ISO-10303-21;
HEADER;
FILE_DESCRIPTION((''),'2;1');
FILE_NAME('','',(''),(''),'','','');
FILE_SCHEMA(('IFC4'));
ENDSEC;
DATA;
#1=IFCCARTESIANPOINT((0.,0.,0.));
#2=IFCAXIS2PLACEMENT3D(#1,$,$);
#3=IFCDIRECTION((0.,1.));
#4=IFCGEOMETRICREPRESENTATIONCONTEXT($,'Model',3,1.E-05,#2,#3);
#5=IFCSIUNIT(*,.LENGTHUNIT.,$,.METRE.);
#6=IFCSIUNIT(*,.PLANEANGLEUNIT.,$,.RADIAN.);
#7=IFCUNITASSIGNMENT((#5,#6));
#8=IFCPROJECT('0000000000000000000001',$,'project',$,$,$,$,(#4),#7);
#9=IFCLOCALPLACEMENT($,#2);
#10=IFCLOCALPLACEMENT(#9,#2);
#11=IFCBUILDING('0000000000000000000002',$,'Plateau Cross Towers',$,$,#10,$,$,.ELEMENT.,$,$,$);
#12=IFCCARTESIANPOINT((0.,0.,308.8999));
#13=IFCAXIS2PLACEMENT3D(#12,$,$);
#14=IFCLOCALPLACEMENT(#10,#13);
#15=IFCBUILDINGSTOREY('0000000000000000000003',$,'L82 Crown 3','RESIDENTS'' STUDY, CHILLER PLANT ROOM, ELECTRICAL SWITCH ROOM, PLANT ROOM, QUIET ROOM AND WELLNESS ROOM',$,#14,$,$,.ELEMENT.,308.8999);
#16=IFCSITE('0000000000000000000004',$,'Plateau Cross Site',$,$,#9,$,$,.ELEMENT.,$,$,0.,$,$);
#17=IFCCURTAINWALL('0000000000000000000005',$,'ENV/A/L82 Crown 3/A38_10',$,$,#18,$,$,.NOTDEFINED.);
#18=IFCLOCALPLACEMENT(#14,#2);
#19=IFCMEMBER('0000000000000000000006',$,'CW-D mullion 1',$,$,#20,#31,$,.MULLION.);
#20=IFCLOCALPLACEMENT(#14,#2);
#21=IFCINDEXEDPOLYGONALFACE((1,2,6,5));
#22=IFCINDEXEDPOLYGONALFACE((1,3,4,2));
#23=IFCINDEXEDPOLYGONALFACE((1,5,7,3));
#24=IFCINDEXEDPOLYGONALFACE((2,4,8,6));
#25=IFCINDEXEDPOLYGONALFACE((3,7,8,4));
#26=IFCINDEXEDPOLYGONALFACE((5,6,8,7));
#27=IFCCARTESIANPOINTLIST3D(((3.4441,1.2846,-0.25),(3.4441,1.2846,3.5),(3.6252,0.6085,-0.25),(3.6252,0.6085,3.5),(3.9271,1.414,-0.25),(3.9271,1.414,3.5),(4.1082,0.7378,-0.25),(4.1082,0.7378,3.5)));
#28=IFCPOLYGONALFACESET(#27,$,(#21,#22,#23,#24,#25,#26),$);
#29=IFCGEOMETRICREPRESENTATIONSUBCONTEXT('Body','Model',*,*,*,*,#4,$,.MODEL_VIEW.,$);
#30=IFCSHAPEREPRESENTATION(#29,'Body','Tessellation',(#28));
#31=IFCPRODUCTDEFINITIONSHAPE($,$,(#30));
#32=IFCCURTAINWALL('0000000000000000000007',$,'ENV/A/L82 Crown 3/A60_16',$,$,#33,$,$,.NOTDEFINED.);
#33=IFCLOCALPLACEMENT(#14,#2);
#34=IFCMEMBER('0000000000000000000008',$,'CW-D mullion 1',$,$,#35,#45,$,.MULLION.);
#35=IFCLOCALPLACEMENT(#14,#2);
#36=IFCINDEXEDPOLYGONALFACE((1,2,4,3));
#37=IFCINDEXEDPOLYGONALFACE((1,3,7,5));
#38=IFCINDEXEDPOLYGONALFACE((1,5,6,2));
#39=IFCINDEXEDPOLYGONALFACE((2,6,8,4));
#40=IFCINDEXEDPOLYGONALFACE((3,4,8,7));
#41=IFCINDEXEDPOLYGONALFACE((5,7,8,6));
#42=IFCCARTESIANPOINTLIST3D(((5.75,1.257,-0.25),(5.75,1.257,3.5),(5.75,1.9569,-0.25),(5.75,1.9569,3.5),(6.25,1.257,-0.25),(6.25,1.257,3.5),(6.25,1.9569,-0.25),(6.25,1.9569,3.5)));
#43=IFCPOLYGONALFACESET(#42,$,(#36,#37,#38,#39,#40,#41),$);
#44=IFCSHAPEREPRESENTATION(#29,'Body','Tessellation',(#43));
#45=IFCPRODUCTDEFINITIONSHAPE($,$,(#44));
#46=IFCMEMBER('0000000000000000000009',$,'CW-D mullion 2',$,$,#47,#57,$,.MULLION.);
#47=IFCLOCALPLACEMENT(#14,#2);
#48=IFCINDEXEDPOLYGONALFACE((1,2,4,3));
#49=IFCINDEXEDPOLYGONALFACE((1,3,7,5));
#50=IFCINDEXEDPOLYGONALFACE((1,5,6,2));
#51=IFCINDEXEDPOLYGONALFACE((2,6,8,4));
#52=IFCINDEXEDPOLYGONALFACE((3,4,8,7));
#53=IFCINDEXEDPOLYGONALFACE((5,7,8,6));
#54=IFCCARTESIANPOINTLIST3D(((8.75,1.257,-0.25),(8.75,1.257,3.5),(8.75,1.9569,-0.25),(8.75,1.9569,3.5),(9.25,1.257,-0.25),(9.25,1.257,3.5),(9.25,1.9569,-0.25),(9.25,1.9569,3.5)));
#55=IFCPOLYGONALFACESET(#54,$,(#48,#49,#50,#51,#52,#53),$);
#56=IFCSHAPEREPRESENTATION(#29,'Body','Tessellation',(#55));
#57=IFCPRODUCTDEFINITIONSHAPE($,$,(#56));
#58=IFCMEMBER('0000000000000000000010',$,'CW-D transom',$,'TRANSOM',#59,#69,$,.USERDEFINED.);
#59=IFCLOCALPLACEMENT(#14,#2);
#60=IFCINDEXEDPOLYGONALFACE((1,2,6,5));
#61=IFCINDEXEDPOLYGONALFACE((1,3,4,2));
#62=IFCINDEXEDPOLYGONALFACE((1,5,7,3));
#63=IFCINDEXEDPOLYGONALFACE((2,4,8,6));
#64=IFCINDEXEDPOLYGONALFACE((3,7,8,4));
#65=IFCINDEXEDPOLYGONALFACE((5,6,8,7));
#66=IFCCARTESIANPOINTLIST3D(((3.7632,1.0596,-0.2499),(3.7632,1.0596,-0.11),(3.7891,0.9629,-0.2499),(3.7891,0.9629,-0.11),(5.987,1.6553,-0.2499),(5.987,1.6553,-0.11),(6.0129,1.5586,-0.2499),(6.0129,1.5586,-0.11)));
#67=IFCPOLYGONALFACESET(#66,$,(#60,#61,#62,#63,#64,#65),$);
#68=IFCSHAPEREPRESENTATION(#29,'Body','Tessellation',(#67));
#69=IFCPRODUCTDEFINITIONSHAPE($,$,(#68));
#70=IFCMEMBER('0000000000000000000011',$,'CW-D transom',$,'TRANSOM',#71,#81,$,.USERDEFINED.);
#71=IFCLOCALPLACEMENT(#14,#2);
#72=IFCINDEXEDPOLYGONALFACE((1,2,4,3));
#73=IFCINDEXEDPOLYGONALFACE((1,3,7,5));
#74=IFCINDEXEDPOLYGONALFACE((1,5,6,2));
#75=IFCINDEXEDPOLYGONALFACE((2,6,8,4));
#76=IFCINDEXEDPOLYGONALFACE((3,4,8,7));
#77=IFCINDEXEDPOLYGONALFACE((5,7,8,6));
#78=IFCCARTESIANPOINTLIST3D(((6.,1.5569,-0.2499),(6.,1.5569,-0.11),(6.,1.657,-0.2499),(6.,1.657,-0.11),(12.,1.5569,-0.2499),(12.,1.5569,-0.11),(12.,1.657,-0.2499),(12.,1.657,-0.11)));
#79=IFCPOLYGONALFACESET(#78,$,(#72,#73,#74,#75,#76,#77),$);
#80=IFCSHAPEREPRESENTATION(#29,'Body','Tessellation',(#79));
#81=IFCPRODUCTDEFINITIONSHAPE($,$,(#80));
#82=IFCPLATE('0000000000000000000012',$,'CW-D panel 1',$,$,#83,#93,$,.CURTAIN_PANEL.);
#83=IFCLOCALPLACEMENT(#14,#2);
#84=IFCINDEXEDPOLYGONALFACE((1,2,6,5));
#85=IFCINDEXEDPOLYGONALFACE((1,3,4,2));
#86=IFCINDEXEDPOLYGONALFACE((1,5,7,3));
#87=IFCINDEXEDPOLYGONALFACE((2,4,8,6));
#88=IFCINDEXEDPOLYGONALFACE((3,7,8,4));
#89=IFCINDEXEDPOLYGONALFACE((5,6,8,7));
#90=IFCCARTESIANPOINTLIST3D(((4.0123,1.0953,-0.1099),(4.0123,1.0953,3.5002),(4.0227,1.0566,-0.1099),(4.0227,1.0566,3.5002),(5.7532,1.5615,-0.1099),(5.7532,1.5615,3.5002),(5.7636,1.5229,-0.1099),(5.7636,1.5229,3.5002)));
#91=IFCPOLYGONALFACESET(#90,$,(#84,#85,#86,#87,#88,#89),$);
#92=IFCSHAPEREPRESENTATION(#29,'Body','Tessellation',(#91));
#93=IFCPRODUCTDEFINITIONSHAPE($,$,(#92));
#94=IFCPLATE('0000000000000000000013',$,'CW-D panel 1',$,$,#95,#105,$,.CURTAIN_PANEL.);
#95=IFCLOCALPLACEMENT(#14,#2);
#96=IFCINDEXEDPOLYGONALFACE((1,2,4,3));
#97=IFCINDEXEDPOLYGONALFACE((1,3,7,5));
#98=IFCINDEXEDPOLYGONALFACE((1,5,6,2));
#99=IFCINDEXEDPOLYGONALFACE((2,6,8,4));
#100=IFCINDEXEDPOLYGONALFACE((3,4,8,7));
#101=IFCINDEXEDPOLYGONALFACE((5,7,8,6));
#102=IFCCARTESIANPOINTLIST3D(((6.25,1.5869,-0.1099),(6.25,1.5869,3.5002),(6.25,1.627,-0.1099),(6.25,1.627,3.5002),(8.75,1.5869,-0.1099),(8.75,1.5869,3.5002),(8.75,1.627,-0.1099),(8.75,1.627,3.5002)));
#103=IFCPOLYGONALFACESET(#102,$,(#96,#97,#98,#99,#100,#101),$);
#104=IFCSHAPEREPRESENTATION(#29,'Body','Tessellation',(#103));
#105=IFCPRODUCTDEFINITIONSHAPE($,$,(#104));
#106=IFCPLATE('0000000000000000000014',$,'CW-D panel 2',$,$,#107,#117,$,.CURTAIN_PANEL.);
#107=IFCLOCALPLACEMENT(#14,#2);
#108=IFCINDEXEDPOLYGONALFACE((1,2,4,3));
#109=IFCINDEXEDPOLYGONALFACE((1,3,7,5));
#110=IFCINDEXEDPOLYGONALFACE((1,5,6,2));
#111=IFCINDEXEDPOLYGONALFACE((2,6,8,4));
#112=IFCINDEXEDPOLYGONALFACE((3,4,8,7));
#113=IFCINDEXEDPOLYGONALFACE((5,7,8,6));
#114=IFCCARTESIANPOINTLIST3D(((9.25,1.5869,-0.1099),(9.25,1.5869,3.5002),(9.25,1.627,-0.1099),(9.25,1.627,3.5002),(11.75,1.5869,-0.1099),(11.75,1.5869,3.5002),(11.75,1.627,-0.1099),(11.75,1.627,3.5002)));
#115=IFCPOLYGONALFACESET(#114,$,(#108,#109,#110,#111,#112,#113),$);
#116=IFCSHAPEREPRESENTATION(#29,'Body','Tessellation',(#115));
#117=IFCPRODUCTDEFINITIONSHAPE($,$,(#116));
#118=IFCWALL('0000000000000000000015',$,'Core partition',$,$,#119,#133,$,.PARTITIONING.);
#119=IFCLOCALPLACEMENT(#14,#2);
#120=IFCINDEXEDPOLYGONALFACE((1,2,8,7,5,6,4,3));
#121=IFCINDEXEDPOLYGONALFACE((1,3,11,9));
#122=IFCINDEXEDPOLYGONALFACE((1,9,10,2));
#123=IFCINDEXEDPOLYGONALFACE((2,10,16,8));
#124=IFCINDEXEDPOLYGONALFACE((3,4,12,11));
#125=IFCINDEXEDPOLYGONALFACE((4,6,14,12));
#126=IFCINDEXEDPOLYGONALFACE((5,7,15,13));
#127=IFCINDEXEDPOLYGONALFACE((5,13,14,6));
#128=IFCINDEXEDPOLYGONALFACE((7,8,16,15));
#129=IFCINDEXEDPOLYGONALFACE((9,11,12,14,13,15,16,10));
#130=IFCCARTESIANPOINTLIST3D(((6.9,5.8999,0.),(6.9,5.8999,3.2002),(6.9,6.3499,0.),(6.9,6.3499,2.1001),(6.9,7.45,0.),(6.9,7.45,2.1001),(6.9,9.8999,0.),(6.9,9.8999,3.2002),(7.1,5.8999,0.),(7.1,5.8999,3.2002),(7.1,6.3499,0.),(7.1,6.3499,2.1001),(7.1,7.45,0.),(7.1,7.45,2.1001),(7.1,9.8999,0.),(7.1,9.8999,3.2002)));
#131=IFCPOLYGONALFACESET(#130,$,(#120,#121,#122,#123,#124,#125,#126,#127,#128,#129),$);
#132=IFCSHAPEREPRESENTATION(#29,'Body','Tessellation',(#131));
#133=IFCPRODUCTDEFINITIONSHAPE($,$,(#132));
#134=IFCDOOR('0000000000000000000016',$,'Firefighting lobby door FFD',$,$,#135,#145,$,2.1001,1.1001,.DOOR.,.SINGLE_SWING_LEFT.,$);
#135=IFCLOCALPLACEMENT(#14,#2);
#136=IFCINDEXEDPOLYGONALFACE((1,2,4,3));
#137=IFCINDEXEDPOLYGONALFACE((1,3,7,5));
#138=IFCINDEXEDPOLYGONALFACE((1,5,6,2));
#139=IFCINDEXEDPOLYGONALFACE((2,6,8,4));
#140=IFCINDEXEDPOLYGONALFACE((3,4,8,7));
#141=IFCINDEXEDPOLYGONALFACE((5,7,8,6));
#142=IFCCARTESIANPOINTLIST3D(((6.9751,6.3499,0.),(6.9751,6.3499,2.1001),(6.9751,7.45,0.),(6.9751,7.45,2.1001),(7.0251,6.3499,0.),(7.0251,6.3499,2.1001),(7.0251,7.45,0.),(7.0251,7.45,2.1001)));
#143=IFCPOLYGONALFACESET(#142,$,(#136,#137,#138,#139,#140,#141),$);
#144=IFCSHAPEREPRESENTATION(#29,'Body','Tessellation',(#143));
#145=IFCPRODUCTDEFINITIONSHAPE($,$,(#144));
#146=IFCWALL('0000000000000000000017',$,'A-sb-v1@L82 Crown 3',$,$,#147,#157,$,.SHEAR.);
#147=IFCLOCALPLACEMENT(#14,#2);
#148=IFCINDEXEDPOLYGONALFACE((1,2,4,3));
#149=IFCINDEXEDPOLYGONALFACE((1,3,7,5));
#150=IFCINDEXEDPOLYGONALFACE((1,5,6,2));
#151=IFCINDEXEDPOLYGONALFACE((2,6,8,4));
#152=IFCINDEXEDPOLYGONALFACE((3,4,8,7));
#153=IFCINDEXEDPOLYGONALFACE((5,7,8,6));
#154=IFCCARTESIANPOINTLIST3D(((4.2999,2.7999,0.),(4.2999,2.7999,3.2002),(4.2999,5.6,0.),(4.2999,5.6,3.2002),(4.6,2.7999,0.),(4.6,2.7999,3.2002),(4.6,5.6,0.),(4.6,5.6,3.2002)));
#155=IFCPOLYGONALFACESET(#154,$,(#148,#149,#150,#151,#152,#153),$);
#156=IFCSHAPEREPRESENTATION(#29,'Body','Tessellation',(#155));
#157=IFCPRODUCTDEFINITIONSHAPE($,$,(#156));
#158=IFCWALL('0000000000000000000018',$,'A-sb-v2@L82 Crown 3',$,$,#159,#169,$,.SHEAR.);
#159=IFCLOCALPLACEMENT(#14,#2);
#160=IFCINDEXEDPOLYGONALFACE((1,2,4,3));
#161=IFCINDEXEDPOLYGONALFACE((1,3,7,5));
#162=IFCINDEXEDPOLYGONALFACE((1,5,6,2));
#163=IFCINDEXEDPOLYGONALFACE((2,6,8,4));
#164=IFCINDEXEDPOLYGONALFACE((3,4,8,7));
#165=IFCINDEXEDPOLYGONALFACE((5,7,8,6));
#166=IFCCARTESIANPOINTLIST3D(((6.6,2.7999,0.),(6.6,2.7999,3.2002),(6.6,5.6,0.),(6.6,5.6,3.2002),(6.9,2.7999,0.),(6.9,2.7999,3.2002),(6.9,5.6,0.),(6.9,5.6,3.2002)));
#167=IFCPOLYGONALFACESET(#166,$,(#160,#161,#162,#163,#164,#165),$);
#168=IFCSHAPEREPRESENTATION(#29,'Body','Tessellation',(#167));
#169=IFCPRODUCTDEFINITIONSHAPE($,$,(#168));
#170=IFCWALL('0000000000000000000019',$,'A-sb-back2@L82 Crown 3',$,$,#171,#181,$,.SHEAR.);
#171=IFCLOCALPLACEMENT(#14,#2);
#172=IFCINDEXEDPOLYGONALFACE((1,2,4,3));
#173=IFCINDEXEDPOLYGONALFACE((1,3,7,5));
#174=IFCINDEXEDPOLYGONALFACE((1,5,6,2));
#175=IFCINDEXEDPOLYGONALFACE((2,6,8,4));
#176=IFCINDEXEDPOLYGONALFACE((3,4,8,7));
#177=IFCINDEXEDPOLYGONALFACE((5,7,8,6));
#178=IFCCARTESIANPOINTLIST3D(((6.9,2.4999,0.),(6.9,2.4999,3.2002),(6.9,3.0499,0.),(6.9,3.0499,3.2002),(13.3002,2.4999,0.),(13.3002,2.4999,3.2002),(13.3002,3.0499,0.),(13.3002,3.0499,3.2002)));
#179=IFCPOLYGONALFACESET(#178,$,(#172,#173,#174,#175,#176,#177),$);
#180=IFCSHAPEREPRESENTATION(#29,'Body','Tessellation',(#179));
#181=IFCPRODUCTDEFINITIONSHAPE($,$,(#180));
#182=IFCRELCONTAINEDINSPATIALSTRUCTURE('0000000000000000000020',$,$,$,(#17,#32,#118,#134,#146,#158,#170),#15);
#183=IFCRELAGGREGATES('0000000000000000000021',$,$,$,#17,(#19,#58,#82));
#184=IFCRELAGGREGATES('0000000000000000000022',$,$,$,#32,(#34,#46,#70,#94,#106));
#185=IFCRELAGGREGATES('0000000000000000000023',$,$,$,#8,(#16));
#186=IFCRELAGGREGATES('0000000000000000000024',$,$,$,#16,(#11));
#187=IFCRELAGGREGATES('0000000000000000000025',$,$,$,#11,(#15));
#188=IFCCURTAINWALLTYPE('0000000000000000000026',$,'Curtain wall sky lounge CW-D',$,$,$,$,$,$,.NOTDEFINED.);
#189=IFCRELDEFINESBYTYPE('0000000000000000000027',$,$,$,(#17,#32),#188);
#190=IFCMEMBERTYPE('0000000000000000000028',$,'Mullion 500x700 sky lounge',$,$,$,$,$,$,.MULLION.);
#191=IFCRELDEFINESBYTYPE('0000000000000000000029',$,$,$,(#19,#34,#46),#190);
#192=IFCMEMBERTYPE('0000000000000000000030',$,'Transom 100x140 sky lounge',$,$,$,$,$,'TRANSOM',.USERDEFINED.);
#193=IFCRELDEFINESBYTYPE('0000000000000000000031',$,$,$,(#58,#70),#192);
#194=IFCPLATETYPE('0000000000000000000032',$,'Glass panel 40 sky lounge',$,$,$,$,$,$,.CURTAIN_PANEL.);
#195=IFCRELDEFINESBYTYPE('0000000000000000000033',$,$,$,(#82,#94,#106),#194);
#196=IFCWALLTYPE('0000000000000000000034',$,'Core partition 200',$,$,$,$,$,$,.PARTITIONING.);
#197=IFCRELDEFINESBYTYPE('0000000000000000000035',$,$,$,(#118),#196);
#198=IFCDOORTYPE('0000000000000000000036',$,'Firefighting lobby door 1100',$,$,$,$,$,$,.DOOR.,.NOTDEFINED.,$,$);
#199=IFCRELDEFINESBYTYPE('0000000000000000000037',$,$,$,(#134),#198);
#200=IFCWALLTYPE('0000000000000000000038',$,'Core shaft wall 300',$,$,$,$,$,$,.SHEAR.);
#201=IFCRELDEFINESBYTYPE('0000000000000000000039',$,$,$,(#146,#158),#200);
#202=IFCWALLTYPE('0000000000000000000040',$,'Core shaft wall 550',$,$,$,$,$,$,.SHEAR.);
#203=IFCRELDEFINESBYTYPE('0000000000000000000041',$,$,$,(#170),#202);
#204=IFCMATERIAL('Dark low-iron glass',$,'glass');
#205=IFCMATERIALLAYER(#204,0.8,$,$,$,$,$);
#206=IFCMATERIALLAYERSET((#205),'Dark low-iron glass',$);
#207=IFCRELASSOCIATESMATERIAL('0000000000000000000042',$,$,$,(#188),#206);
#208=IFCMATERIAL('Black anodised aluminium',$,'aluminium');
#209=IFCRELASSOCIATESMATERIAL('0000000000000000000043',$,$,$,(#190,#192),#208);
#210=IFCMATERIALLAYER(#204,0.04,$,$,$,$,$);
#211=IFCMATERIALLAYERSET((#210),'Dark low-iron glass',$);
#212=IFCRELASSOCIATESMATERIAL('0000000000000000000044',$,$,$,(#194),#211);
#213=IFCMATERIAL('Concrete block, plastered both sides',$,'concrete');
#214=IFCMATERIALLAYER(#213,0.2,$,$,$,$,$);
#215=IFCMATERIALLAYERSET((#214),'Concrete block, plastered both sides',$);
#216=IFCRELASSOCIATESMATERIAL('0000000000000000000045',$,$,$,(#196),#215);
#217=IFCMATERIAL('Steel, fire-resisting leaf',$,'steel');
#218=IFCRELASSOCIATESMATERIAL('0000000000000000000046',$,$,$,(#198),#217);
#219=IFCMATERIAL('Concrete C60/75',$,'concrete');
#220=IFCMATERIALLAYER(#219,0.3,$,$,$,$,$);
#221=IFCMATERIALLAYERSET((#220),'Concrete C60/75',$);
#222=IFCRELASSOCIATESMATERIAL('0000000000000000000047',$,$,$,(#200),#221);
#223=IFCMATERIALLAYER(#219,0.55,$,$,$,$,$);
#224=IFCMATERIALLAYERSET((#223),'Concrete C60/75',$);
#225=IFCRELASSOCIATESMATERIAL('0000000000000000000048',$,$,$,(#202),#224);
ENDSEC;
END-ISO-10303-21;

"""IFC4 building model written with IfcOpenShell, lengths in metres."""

from ifc_helpers import new_model, si_unit, direction, frame, frame_2d, origin, origin_2d, place, context, subcontext, project, spatial, rectangle, extrude, material, layer, layer_set, material_profile, profile_set, type_object, element, fill, aggregate, save


model = new_model("IFC4")

# Units and contexts
model_context = context("Model", 3, precision=1e-05, world=origin(), true_north=direction((0.0, 1.0)))
body_context = subcontext(model_context, "Body", "Model", "MODEL_VIEW")
ifc_project = project(units=[si_unit("LENGTHUNIT", "METRE"), si_unit("PLANEANGLEUNIT", "RADIAN")], contexts=[model_context])

# Site, building, storey
site_placement = place(None, origin())
site = spatial("IfcSite", under=ifc_project, at=site_placement, Name="Plateau Cross Site", CompositionType="ELEMENT", RefElevation=0.0)
building_placement = place(site_placement, origin())
building = spatial("IfcBuilding", under=site, at=building_placement, Name="Plateau Cross Towers", CompositionType="ELEMENT")
storey_placement = place(building_placement, frame((0.0, 0.0, 308.8999)))
storey = spatial("IfcBuildingStorey", under=building, at=storey_placement, Name="L82 Crown 3", Description="RESIDENTS' STUDY, CHILLER PLANT ROOM, ELECTRICAL SWITCH ROOM, PLANT ROOM, QUIET ROOM AND WELLNESS ROOM", CompositionType="ELEMENT", Elevation=308.8999)

# Curtain wall, member
ifc_material_1 = material(Name="Dark low-iron glass", Category="glass")
ifc_layer_1 = layer(ifc_material_1, 0.8)
ifc_layer_set_1 = layer_set([ifc_layer_1], Name="Dark low-iron glass")
curtain_wall_type = type_object("IfcCurtainWallType", Name="Curtain wall sky lounge CW-D", PredefinedType="NOTDEFINED", material=ifc_layer_set_1)
curtain_wall_1_placement = place(storey_placement, origin())
curtain_wall_1 = element("IfcCurtainWall", 1, at=curtain_wall_1_placement, inside=storey, type_object=curtain_wall_type, Name="ENV/A/L82 Crown 3/A38_10", PredefinedType="NOTDEFINED")
ifc_material_2 = material(Name="Black anodised aluminium", Category="aluminium")
ifc_material_profile_1 = material_profile(ifc_material_2, rectangle(XDim=0.5, YDim=0.7, at=origin_2d()), Name="MULLION 500x700")
ifc_profile_set_1 = profile_set([ifc_material_profile_1], Name="Black anodised aluminium")
member_type_1 = type_object("IfcMemberType", Name="Mullion 500x700 sky lounge", PredefinedType="MULLION", material=ifc_profile_set_1)
member_1_placement = place(storey_placement, frame((3.7761, 1.0112, -0.25), z_axis=(0.0, 0.0, 1.0), x_axis=(0.965958, 0.258699, 0.0)))
member_1 = element("IfcMember", 2, at=member_1_placement, type_object=member_type_1, Name="CW-D mullion 1", PredefinedType="MULLION", context=body_context, shape_type="SweptSolid", body=[
    extrude(rectangle(XDim=0.5, YDim=0.7, at=origin_2d()), origin(), (0.0, 0.0, 1.0), 3.75),
])

# Curtain wall, members
curtain_wall_2_placement = place(storey_placement, origin())
curtain_wall_2 = element("IfcCurtainWall", 3, at=curtain_wall_2_placement, inside=storey, type_object=curtain_wall_type, Name="ENV/A/L82 Crown 3/A60_16", PredefinedType="NOTDEFINED")
member_2_placement = place(storey_placement, frame((6.0, 1.6069, -0.25), z_axis=(0.0, 0.0, 1.0), x_axis=(1.0, 0.0, 0.0)))
member_2 = element("IfcMember", 4, at=member_2_placement, type_object=member_type_1, Name="CW-D mullion 1", PredefinedType="MULLION", context=body_context, shape_type="SweptSolid", body=[
    extrude(rectangle(XDim=0.5, YDim=0.7, at=origin_2d()), origin(), (0.0, 0.0, 1.0), 3.75),
])
member_3_placement = place(storey_placement, frame((9.0, 1.6069, -0.25), z_axis=(0.0, 0.0, 1.0), x_axis=(1.0, 0.0, 0.0)))
member_3 = element("IfcMember", 5, at=member_3_placement, type_object=member_type_1, Name="CW-D mullion 2", PredefinedType="MULLION", context=body_context, shape_type="SweptSolid", body=[
    extrude(rectangle(XDim=0.5, YDim=0.7, at=origin_2d()), origin(), (0.0, 0.0, 1.0), 3.75),
])

# Members
ifc_material_profile_2 = material_profile(ifc_material_2, rectangle(XDim=0.1001, YDim=0.1399, at=origin_2d()), Name="TRANSOM 100x140")
ifc_profile_set_2 = profile_set([ifc_material_profile_2], Name="Black anodised aluminium")
member_type_2 = type_object("IfcMemberType", Name="Transom 100x140 sky lounge", ElementType="TRANSOM", PredefinedType="USERDEFINED", material=ifc_profile_set_2)
member_4_placement = place(storey_placement, frame((3.7761, 1.0112, -0.1799), z_axis=(0.965946, 0.258745, 0.0), x_axis=(-0.258745, 0.965946, 0.0)))
member_4 = element("IfcMember", 6, at=member_4_placement, type_object=member_type_2, Name="CW-D transom", ObjectType="TRANSOM", PredefinedType="USERDEFINED", context=body_context, shape_type="SweptSolid", body=[
    extrude(rectangle(XDim=0.1001, YDim=0.1399, at=origin_2d()), origin(), (0.0, 0.0, 1.0), 2.3022),
])
member_5_placement = place(storey_placement, frame((6.0, 1.6069, -0.1799), z_axis=(1.0, 0.0, 0.0), x_axis=(0.0, 1.0, 0.0)))
member_5 = element("IfcMember", 7, at=member_5_placement, type_object=member_type_2, Name="CW-D transom", ObjectType="TRANSOM", PredefinedType="USERDEFINED", context=body_context, shape_type="SweptSolid", body=[
    extrude(rectangle(XDim=0.1001, YDim=0.1399, at=origin_2d()), origin(), (0.0, 0.0, 1.0), 6.0),
])

# Plates
ifc_layer_2 = layer(ifc_material_1, 0.04)
ifc_layer_set_2 = layer_set([ifc_layer_2], Name="Dark low-iron glass")
plate_type = type_object("IfcPlateType", Name="Glass panel 40 sky lounge", PredefinedType="CURTAIN_PANEL", material=ifc_layer_set_2)
plate_1_placement = place(storey_placement, frame((4.8879, 1.3091, -0.1099), z_axis=(0.0, 0.0, 1.0), x_axis=(0.965958, 0.258699, 0.0)))
plate_1 = element("IfcPlate", 8, at=plate_1_placement, type_object=plate_type, Name="CW-D panel 1", PredefinedType="CURTAIN_PANEL", context=body_context, shape_type="SweptSolid", body=[
    extrude(rectangle(XDim=1.8022, YDim=0.04, at=origin_2d()), origin(), (0.0, 0.0, 1.0), 3.6101),
])
aggregate(curtain_wall_1, [member_1, member_4, plate_1])
plate_2_placement = place(storey_placement, frame((7.5, 1.6069, -0.1099), z_axis=(0.0, 0.0, 1.0), x_axis=(1.0, 0.0, 0.0)))
plate_2 = element("IfcPlate", 9, at=plate_2_placement, type_object=plate_type, Name="CW-D panel 1", PredefinedType="CURTAIN_PANEL", context=body_context, shape_type="SweptSolid", body=[
    extrude(rectangle(XDim=2.5, YDim=0.04, at=origin_2d()), origin(), (0.0, 0.0, 1.0), 3.6101),
])
plate_3_placement = place(storey_placement, frame((10.5, 1.6069, -0.1099), z_axis=(0.0, 0.0, 1.0), x_axis=(1.0, 0.0, 0.0)))
plate_3 = element("IfcPlate", 10, at=plate_3_placement, type_object=plate_type, Name="CW-D panel 2", PredefinedType="CURTAIN_PANEL", context=body_context, shape_type="SweptSolid", body=[
    extrude(rectangle(XDim=2.5, YDim=0.04, at=origin_2d()), origin(), (0.0, 0.0, 1.0), 3.6101),
])
aggregate(curtain_wall_2, [member_2, member_3, member_5, plate_2, plate_3])

# Wall, opening, door
ifc_material_3 = material(Name="Concrete block, plastered both sides", Category="concrete")
ifc_layer_3 = layer(ifc_material_3, 0.2)
ifc_layer_set_3 = layer_set([ifc_layer_3], Name="Concrete block, plastered both sides")
wall_type_1 = type_object("IfcWallType", Name="Core partition 200", PredefinedType="PARTITIONING", material=ifc_layer_set_3)
wall_1_placement = place(storey_placement, frame((7.0, 5.8999, 0.0), z_axis=(0.0, 0.0, 1.0), x_axis=(0.0, 1.0, 0.0)))
wall_1 = element("IfcWall", 11, at=wall_1_placement, inside=storey, type_object=wall_type_1, Name="Core partition", PredefinedType="PARTITIONING", context=body_context, shape_type="SweptSolid", body=[
    extrude(rectangle(XDim=4.0, YDim=0.2, at=frame_2d((2.0, 0.0))), origin(), (0.0, 0.0, 1.0), 3.2002),
])
opening_placement = place(wall_1_placement, frame((0.45, 0.0, 0.0)))
opening = element("IfcOpeningElement", 12, at=opening_placement, cuts=wall_1, PredefinedType="OPENING", context=body_context, shape_type="SweptSolid", body=[
    extrude(rectangle(XDim=1.1001, YDim=2.1001, at=frame_2d((0.55, 1.05))), frame((0.0, 0.1099, 0.0), z_axis=(0.0, -1.0, 0.0), x_axis=(1.0, 0.0, 0.0)), (0.0, 0.0, 1.0), 0.22),
])
ifc_material_4 = material(Name="Steel, fire-resisting leaf", Category="steel")
door_type = type_object("IfcDoorType", Name="Firefighting lobby door 1100", OperationType="NOTDEFINED", PredefinedType="DOOR", material=ifc_material_4)
door_placement = place(opening_placement, origin())
door = element("IfcDoor", 13, at=door_placement, inside=storey, type_object=door_type, Name="Firefighting lobby door FFD", OperationType="SINGLE_SWING_LEFT", OverallHeight=2.1001, OverallWidth=1.1001, PredefinedType="DOOR", context=body_context, shape_type="SweptSolid", body=[
    extrude(rectangle(XDim=1.1001, YDim=2.1001, at=frame_2d((0.55, 1.05))), frame((0.0, 0.0249, 0.0), z_axis=(0.0, -1.0, 0.0), x_axis=(1.0, 0.0, 0.0)), (0.0, 0.0, 1.0), 0.05),
])
fill(opening, door)

# Walls
ifc_material_5 = material(Name="Concrete C60/75", Category="concrete")
ifc_layer_4 = layer(ifc_material_5, 0.3)
ifc_layer_set_4 = layer_set([ifc_layer_4], Name="Concrete C60/75")
wall_type_2 = type_object("IfcWallType", Name="Core shaft wall 300", PredefinedType="SHEAR", material=ifc_layer_set_4)
for number, where, z_axis, x_axis, name in (
    (14, (4.45, 2.8, 0.0), (0.0, 0.0, 1.0), (0.0, 1.0, 0.0), "A-sb-v1@L82 Crown 3"),
    (15, (6.75, 2.8, 0.0), (0.0, 0.0, 1.0), (0.0, 1.0, 0.0), "A-sb-v2@L82 Crown 3"),
):
    element("IfcWall", number, at=place(storey_placement, frame(where, z_axis=z_axis, x_axis=x_axis)), inside=storey, type_object=wall_type_2, Name=name, PredefinedType="SHEAR", context=body_context, shape_type="SweptSolid", body=[
        extrude(rectangle(XDim=2.8, YDim=0.3, at=frame_2d((1.3999, 0.0))), origin(), (0.0, 0.0, 1.0), 3.2002),
    ])
ifc_layer_5 = layer(ifc_material_5, 0.55)
ifc_layer_set_5 = layer_set([ifc_layer_5], Name="Concrete C60/75")
wall_type_3 = type_object("IfcWallType", Name="Core shaft wall 550", PredefinedType="SHEAR", material=ifc_layer_set_5)
wall_2_placement = place(storey_placement, frame((6.8999, 2.7749, 0.0), z_axis=(0.0, 0.0, 1.0), x_axis=(1.0, 0.0, 0.0)))
element("IfcWall", 16, at=wall_2_placement, inside=storey, type_object=wall_type_3, Name="A-sb-back2@L82 Crown 3", PredefinedType="SHEAR", context=body_context, shape_type="SweptSolid", body=[
    extrude(rectangle(XDim=6.4001, YDim=0.55, at=frame_2d((3.2002, 0.0))), origin(), (0.0, 0.0, 1.0), 3.2002),
])

save(model, "model.ifc")
